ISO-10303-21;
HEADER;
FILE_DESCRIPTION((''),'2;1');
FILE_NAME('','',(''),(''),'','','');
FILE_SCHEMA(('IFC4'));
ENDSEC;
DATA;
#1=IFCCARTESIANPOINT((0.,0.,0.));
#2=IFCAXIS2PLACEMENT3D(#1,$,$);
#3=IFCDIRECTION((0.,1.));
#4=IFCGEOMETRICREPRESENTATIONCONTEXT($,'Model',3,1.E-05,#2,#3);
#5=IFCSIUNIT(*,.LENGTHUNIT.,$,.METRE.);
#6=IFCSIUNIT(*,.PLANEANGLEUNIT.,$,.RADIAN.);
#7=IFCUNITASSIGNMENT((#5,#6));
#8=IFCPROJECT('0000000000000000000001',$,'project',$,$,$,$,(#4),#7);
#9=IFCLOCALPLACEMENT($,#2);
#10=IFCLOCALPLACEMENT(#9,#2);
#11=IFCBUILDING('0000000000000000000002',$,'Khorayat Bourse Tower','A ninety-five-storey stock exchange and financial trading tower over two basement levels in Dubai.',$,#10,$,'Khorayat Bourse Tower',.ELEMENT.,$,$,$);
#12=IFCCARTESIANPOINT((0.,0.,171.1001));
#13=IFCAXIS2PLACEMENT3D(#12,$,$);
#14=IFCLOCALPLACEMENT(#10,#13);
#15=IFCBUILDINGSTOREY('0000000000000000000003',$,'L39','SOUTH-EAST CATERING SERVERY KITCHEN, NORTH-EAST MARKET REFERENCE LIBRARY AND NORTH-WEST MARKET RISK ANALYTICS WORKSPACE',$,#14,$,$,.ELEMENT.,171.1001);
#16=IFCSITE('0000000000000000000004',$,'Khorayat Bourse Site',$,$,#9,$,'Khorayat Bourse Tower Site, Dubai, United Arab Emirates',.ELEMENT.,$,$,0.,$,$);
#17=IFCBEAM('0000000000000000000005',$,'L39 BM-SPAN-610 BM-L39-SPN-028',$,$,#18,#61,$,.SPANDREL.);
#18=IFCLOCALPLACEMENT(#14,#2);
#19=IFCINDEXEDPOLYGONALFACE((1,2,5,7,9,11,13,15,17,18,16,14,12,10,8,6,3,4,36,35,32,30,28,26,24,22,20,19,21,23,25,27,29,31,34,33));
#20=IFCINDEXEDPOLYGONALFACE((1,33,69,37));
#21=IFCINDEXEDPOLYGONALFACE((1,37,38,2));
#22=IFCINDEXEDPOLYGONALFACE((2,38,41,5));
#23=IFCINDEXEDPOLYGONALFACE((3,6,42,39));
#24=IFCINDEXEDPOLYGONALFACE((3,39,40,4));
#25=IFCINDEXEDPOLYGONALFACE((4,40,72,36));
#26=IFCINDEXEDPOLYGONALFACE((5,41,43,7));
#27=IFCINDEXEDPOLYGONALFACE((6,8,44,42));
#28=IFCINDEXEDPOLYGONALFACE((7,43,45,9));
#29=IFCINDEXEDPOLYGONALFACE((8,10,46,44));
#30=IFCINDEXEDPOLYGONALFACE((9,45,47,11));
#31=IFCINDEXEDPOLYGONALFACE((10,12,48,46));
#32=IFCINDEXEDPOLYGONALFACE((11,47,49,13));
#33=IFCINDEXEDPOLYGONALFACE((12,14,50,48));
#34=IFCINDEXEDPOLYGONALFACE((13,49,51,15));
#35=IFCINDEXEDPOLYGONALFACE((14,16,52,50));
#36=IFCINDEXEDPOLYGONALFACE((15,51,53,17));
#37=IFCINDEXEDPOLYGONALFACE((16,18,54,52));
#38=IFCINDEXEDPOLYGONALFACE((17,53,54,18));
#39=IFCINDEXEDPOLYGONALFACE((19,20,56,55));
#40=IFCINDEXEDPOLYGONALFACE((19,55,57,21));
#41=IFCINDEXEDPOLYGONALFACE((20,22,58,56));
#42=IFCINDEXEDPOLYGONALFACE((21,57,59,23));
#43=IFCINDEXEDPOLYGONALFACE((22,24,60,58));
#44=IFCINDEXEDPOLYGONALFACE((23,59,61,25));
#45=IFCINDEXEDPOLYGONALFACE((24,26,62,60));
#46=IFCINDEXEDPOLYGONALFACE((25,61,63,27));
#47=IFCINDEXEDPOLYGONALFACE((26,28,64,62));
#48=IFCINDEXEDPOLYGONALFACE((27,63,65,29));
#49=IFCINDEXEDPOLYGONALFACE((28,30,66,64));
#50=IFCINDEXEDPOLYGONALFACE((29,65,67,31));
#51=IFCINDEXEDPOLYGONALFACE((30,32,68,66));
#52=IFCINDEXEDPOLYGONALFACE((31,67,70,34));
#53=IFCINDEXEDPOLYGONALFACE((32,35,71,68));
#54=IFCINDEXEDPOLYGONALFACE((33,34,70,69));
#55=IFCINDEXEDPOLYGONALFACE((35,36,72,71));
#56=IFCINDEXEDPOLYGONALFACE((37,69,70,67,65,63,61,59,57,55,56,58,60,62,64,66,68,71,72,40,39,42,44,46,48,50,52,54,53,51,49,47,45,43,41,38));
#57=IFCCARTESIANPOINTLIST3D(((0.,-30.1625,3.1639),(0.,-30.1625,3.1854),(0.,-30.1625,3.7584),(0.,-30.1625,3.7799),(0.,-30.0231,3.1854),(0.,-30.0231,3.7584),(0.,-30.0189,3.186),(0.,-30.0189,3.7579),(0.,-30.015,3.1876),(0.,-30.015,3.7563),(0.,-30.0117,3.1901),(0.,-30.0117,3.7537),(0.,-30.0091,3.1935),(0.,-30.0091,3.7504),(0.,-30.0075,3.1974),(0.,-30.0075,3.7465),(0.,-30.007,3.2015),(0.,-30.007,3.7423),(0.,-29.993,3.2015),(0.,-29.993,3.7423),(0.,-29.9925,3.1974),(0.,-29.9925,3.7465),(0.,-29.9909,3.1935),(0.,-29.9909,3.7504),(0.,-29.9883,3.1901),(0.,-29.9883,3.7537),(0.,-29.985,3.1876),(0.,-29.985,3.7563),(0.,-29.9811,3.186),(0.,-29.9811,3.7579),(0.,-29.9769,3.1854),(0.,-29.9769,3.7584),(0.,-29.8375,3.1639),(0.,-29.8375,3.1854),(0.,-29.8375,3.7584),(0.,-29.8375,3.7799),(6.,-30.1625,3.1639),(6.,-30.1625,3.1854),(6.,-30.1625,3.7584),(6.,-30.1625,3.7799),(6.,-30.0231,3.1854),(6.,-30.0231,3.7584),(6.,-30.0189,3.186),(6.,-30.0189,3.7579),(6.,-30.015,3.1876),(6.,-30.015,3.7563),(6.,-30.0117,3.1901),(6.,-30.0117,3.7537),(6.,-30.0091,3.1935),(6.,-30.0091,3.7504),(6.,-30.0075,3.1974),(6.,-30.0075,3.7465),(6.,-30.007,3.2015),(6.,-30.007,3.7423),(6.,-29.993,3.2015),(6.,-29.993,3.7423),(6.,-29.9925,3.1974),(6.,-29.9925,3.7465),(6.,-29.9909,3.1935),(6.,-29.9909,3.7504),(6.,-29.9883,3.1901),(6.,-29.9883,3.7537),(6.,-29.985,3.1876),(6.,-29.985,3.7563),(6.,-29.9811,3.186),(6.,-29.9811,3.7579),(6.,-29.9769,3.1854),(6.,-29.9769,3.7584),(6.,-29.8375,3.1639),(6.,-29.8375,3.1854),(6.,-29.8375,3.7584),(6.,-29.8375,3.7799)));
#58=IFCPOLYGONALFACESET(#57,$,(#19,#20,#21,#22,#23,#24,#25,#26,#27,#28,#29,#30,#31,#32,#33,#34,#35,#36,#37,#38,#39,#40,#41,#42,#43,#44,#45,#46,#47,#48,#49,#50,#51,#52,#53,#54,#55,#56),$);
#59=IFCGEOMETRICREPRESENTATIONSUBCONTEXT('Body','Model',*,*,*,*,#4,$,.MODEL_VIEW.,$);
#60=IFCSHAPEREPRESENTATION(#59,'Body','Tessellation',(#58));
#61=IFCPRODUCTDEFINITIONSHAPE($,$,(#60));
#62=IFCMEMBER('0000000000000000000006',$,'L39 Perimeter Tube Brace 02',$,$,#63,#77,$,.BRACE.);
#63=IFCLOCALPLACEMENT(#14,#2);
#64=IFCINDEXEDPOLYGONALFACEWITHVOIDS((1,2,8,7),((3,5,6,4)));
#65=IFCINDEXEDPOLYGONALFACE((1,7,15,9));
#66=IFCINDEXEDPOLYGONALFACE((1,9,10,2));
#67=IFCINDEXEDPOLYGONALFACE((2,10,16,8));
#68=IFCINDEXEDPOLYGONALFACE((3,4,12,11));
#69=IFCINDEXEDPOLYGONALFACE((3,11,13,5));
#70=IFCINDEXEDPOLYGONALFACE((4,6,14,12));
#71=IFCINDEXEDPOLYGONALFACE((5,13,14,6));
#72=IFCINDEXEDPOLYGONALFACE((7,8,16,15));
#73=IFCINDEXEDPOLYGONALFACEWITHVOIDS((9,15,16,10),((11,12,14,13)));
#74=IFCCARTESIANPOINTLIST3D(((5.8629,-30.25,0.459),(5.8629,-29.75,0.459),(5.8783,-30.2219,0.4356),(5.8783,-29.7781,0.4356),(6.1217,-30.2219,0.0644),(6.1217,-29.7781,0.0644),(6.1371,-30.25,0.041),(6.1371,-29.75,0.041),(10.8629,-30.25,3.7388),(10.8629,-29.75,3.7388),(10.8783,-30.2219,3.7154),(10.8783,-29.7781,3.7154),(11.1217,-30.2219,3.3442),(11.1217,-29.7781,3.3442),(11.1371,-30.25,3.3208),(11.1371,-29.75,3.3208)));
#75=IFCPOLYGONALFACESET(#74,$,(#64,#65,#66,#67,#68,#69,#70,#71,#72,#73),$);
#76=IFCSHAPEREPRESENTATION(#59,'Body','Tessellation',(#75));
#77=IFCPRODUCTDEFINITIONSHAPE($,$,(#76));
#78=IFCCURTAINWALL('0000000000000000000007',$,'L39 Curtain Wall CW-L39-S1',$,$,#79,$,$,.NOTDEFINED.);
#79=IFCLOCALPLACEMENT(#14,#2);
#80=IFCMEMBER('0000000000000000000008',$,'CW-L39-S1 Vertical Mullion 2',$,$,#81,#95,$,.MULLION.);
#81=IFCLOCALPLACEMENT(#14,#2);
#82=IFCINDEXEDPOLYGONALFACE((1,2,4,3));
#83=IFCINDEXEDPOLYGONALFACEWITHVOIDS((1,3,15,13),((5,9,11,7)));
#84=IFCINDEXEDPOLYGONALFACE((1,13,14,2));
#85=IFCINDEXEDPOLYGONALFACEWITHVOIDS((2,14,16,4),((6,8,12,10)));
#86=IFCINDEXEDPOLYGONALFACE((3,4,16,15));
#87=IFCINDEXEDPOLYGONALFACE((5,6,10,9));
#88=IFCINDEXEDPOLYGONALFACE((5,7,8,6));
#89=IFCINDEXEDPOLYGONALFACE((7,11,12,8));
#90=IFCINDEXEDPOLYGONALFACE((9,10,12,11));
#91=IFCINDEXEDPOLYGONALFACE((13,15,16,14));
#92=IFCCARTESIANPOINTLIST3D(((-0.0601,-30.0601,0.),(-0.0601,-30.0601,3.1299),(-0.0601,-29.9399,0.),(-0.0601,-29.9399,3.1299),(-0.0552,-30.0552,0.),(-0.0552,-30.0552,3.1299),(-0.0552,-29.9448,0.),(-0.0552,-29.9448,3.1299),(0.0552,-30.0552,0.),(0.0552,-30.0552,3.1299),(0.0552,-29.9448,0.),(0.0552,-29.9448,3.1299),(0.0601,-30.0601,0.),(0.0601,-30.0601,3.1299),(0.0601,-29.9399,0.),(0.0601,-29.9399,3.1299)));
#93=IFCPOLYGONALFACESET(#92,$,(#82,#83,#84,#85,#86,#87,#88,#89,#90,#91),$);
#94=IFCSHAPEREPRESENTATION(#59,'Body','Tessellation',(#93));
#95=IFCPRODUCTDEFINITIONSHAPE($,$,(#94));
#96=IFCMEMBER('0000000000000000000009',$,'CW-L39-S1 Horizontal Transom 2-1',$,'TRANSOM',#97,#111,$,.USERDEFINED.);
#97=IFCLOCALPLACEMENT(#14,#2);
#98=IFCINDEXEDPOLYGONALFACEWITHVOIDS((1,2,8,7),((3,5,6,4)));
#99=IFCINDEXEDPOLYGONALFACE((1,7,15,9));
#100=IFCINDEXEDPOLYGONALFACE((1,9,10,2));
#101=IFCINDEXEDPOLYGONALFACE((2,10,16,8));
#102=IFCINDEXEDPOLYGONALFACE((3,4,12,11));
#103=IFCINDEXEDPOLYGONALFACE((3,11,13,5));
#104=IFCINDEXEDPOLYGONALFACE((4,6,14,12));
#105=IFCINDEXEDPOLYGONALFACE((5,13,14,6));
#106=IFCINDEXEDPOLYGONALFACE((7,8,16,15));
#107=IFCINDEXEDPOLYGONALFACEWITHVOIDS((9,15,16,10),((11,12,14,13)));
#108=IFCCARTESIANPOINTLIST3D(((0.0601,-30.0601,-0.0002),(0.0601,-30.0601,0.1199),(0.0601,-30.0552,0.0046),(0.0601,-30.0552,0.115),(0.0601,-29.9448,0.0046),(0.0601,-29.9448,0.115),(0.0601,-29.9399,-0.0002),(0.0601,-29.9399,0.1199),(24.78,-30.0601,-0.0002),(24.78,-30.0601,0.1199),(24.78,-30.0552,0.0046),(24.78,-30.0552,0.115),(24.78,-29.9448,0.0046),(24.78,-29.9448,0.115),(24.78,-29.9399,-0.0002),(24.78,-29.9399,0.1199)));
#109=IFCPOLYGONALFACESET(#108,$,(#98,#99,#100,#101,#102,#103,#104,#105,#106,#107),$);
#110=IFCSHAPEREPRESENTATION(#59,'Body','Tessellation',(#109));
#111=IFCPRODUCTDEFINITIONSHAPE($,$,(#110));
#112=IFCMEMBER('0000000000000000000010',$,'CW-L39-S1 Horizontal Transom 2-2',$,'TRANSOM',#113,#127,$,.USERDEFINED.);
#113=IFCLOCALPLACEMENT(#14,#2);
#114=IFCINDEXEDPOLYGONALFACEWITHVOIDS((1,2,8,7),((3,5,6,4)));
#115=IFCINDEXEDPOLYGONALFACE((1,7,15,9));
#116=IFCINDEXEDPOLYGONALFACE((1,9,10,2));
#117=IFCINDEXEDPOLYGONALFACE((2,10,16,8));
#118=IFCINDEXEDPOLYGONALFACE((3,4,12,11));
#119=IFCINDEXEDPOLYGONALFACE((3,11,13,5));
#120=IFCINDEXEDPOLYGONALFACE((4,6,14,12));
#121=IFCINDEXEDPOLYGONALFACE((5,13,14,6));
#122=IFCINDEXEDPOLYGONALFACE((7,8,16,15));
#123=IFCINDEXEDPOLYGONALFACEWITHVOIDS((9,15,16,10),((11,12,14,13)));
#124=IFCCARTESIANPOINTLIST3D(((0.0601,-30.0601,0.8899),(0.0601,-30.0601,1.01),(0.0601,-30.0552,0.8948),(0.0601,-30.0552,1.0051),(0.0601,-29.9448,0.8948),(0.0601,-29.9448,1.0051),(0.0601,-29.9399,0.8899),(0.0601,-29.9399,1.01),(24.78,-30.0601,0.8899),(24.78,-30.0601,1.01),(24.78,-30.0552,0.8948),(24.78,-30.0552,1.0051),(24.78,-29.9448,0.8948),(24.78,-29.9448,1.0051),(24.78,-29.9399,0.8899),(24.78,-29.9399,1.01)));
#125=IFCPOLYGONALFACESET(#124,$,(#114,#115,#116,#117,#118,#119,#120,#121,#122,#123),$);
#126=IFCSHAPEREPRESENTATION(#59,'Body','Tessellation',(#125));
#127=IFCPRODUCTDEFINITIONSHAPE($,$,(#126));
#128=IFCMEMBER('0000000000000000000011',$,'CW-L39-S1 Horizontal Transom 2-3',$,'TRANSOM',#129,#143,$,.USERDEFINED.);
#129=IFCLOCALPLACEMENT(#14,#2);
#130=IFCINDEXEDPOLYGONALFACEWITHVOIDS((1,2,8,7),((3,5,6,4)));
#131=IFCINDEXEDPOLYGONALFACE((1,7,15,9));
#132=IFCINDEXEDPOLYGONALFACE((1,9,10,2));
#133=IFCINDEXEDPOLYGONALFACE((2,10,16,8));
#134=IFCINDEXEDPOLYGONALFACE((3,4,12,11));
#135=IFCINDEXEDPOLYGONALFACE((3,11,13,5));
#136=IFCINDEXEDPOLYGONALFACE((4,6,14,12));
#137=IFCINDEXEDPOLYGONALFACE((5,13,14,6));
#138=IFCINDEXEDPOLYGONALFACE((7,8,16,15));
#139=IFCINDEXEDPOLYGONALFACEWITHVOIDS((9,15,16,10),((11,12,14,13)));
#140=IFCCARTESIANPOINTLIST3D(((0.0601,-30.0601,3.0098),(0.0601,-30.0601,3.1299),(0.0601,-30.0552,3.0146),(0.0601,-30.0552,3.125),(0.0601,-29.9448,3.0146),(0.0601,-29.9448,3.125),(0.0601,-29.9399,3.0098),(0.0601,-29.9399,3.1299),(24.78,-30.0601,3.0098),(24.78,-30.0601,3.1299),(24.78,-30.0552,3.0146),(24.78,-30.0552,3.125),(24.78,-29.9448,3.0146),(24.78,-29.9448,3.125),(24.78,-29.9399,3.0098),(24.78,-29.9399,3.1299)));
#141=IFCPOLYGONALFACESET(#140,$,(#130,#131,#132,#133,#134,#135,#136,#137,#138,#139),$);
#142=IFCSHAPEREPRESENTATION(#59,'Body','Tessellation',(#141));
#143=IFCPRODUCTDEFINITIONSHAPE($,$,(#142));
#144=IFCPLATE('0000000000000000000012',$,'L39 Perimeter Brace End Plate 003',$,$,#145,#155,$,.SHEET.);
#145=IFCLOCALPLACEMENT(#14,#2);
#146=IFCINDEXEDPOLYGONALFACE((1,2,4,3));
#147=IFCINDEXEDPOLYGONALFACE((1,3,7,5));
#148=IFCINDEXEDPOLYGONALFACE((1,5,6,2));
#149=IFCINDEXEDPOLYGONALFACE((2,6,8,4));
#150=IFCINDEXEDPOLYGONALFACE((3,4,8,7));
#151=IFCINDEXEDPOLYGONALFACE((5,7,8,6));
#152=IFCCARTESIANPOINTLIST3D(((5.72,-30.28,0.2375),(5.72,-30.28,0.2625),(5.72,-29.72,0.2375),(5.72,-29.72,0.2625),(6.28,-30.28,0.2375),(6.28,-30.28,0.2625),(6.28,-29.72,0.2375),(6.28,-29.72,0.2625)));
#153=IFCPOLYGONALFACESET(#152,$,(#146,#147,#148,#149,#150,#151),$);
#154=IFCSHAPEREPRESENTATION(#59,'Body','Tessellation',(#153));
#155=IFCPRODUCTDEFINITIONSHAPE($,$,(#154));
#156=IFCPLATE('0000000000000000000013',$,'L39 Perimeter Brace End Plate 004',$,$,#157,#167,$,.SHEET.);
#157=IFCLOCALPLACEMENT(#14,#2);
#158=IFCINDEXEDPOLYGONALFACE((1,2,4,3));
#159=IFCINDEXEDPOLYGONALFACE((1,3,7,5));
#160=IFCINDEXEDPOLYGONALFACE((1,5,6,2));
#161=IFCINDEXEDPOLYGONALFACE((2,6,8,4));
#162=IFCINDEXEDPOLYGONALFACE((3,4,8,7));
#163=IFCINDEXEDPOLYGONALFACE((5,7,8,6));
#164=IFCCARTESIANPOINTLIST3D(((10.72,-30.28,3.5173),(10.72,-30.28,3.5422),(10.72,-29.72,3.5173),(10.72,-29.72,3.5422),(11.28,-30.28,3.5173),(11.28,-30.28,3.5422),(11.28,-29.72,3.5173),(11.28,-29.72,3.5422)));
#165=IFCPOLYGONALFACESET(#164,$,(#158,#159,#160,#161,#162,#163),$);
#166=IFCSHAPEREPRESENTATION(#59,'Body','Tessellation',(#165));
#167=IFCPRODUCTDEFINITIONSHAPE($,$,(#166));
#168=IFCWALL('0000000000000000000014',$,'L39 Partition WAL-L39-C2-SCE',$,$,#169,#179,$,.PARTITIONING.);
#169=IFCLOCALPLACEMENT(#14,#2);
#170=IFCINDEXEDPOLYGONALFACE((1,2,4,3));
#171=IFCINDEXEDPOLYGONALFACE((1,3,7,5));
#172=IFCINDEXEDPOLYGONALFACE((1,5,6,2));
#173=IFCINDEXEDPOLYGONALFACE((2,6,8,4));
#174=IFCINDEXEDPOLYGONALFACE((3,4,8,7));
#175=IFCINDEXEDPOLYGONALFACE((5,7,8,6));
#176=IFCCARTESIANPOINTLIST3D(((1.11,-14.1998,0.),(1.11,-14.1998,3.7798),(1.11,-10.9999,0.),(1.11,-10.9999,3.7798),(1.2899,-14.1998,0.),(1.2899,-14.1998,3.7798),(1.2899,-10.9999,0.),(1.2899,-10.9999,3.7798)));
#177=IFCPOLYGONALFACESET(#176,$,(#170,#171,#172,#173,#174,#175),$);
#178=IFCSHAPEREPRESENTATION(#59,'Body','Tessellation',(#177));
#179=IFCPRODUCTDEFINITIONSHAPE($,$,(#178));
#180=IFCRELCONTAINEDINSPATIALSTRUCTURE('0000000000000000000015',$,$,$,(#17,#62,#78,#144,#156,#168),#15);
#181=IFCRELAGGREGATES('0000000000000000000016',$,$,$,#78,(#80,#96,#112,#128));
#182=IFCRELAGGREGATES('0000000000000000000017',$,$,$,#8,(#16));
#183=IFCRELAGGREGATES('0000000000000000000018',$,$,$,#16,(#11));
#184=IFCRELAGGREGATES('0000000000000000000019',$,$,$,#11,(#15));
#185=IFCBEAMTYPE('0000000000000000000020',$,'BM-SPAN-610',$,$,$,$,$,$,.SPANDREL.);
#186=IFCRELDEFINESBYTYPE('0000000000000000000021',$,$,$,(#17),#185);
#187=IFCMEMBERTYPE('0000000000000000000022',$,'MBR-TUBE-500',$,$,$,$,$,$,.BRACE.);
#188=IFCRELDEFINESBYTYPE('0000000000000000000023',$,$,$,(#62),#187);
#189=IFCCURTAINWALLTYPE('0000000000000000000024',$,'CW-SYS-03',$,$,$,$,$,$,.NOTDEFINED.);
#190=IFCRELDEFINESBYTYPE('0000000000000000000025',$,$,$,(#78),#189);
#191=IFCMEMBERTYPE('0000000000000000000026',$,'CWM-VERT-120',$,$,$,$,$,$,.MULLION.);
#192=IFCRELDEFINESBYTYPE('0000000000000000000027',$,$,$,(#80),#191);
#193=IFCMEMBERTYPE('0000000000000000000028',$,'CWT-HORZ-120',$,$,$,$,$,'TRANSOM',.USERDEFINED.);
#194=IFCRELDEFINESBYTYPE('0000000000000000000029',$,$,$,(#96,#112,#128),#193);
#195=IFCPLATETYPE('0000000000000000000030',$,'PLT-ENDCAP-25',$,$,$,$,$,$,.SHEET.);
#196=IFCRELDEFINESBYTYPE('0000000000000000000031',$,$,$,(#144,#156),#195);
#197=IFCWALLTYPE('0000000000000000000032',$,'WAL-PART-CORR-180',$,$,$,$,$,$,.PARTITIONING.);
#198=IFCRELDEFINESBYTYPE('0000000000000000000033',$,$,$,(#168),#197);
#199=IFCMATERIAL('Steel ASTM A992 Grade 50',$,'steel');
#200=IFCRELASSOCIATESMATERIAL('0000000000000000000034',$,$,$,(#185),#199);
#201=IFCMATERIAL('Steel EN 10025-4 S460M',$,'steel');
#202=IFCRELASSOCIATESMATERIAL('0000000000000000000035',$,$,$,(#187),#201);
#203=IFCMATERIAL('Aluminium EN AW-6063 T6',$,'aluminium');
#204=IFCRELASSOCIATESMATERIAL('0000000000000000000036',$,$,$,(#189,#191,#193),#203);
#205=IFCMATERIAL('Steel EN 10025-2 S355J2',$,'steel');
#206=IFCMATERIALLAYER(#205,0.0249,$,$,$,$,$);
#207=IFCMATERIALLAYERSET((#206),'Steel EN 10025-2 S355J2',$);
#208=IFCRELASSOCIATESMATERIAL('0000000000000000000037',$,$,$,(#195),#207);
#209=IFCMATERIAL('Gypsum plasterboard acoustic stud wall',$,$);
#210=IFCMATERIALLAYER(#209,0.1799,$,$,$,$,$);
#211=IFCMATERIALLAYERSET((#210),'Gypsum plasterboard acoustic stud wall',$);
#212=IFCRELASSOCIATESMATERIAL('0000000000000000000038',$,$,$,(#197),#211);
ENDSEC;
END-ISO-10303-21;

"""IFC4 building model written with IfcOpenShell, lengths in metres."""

from ifc_helpers import new_model, si_unit, direction, frame, frame_2d, origin, origin_2d, place, context, subcontext, project, spatial, rectangle, hollow_rectangle, i_section, extrude, source, transform, mapped, material, layer, layer_set, material_profile, profile_set, type_object, element, aggregate, save


model = new_model("IFC4")

# Units and contexts
model_context = context("Model", 3, precision=1e-05, world=origin(), true_north=direction((0.0, 1.0)))
body_context = subcontext(model_context, "Body", "Model", "MODEL_VIEW")
ifc_project = project(units=[si_unit("LENGTHUNIT", "METRE"), si_unit("PLANEANGLEUNIT", "RADIAN")], contexts=[model_context])

# Site, building, storey
site_placement = place(None, origin())
site = spatial("IfcSite", under=ifc_project, at=site_placement, Name="Khorayat Bourse Site", LongName="Khorayat Bourse Tower Site, Dubai, United Arab Emirates", CompositionType="ELEMENT", RefElevation=0.0)
building_placement = place(site_placement, origin())
building = spatial("IfcBuilding", under=site, at=building_placement, Name="Khorayat Bourse Tower", Description="A ninety-five-storey stock exchange and financial trading tower over two basement levels in Dubai.", LongName="Khorayat Bourse Tower", CompositionType="ELEMENT")
storey_placement = place(building_placement, frame((0.0, 0.0, 171.1001)))
storey = spatial("IfcBuildingStorey", under=building, at=storey_placement, Name="L39", Description="SOUTH-EAST CATERING SERVERY KITCHEN, NORTH-EAST MARKET REFERENCE LIBRARY AND NORTH-WEST MARKET RISK ANALYTICS WORKSPACE", CompositionType="ELEMENT", Elevation=171.1001)

# Shared definitions
ifc_material_1 = material(Name="Steel EN 10025-4 S460M", Category="steel")

# Beam
ifc_material_2 = material(Name="Steel ASTM A992 Grade 50", Category="steel")
ifc_material_profile_1 = material_profile(ifc_material_2, i_section(OverallWidth=0.325, OverallDepth=0.616, WebThickness=0.0139, FlangeThickness=0.0215, FilletRadius=0.0161, at=origin_2d()), Name="W610X174")
ifc_profile_set_1 = profile_set([ifc_material_profile_1], Name="Steel ASTM A992 Grade 50")
beam_type_1 = type_object("IfcBeamType", Name="BM-SPAN-610", PredefinedType="SPANDREL", material=ifc_profile_set_1)
shared_shape_1 = source(origin(), body_context, "Body", "SweptSolid", [
    extrude(i_section(OverallWidth=0.325, OverallDepth=0.616, WebThickness=0.0139, FlangeThickness=0.0215, FilletRadius=0.0161, at=origin_2d()), origin(), (0.0, 0.0, 1.0), 6.0),
])
beam_1_placement = place(storey_placement, frame((0.0, -30.0, 3.4719), z_axis=(1.0, 0.0, 0.0), x_axis=(0.0, 1.0, 0.0)))
element("IfcBeam", 1, at=beam_1_placement, inside=storey, type_object=beam_type_1, Name="L39 BM-SPAN-610 BM-L39-SPN-028", PredefinedType="SPANDREL", context=body_context, shape_type="MappedRepresentation", body=[
    mapped(shared_shape_1, transform((0.0, 0.0, 0.0), scale=1.0)),
])

# Member
ifc_material_profile_2 = material_profile(ifc_material_1, hollow_rectangle(XDim=0.5, YDim=0.5, WallThickness=0.0281, at=origin_2d()), Name="HSS 500x500x28")
ifc_profile_set_2 = profile_set([ifc_material_profile_2], Name="Steel EN 10025-4 S460M")
member_type_1 = type_object("IfcMemberType", Name="MBR-TUBE-500", PredefinedType="BRACE", material=ifc_profile_set_2)
shared_shape_2 = source(origin(), body_context, "Body", "SweptSolid", [
    extrude(hollow_rectangle(XDim=0.5, YDim=0.5, WallThickness=0.0281, at=origin_2d()), origin(), (0.0, 0.0, 1.0), 5.9797),
])
member_1_placement = place(storey_placement, frame((6.0, -30.0, 0.25), z_axis=(0.83616, 0.0, 0.548485), x_axis=(0.0, 1.0, 0.0)))
element("IfcMember", 2, at=member_1_placement, inside=storey, type_object=member_type_1, Name="L39 Perimeter Tube Brace 02", PredefinedType="BRACE", context=body_context, shape_type="MappedRepresentation", body=[
    mapped(shared_shape_2, transform((0.0, 0.0, 0.0), scale=1.0)),
])

# Curtain wall, members
ifc_material_3 = material(Name="Aluminium EN AW-6063 T6", Category="aluminium")
curtain_wall_type = type_object("IfcCurtainWallType", Name="CW-SYS-03", PredefinedType="NOTDEFINED", material=ifc_material_3)
curtain_wall_placement = place(storey_placement, origin())
curtain_wall = element("IfcCurtainWall", 3, at=curtain_wall_placement, inside=storey, type_object=curtain_wall_type, Name="L39 Curtain Wall CW-L39-S1", PredefinedType="NOTDEFINED")
ifc_material_profile_3 = material_profile(ifc_material_3, hollow_rectangle(XDim=0.1201, YDim=0.1201, WallThickness=0.0049, at=origin_2d()), Name="ALU 120x120x5")
ifc_profile_set_3 = profile_set([ifc_material_profile_3], Name="Aluminium EN AW-6063 T6")
member_type_2 = type_object("IfcMemberType", Name="CWM-VERT-120", PredefinedType="MULLION", material=ifc_profile_set_3)
shared_shape_3 = source(origin(), body_context, "Body", "SweptSolid", [
    extrude(hollow_rectangle(XDim=0.1201, YDim=0.1201, WallThickness=0.0049, at=origin_2d()), origin(), (0.0, 0.0, 1.0), 3.1299),
])
member_2_placement = place(storey_placement, frame((0.0, -30.0, 0.0), z_axis=(0.0, 0.0, 1.0), x_axis=(0.0, 1.0, 0.0)))
member_2 = element("IfcMember", 4, at=member_2_placement, type_object=member_type_2, Name="CW-L39-S1 Vertical Mullion 2", PredefinedType="MULLION", context=body_context, shape_type="MappedRepresentation", body=[
    mapped(shared_shape_3, transform((0.0, 0.0, 0.0), scale=1.0)),
])
ifc_material_profile_4 = material_profile(ifc_material_3, hollow_rectangle(XDim=0.1201, YDim=0.1201, WallThickness=0.0049, at=origin_2d()), Name="ALU 120x120x5")
ifc_profile_set_4 = profile_set([ifc_material_profile_4], Name="Aluminium EN AW-6063 T6")
member_type_3 = type_object("IfcMemberType", Name="CWT-HORZ-120", ElementType="TRANSOM", PredefinedType="USERDEFINED", material=ifc_profile_set_4)
shared_shape_4 = source(origin(), body_context, "Body", "SweptSolid", [
    extrude(hollow_rectangle(XDim=0.1201, YDim=0.1201, WallThickness=0.0049, at=origin_2d()), origin(), (0.0, 0.0, 1.0), 24.72),
])
member_3_placement = place(storey_placement, frame((0.0601, -30.0, 0.0598), z_axis=(1.0, 0.0, 0.0), x_axis=(0.0, 1.0, 0.0)))
member_3 = element("IfcMember", 5, at=member_3_placement, type_object=member_type_3, Name="CW-L39-S1 Horizontal Transom 2-1", ObjectType="TRANSOM", PredefinedType="USERDEFINED", context=body_context, shape_type="MappedRepresentation", body=[
    mapped(shared_shape_4, transform((0.0, 0.0, 0.0), scale=1.0)),
])
member_4_placement = place(storey_placement, frame((0.0601, -30.0, 0.95), z_axis=(1.0, 0.0, 0.0), x_axis=(0.0, 1.0, 0.0)))
member_4 = element("IfcMember", 6, at=member_4_placement, type_object=member_type_3, Name="CW-L39-S1 Horizontal Transom 2-2", ObjectType="TRANSOM", PredefinedType="USERDEFINED", context=body_context, shape_type="MappedRepresentation", body=[
    mapped(shared_shape_4, transform((0.0, 0.0, 0.0), scale=1.0)),
])
member_5_placement = place(storey_placement, frame((0.0601, -30.0, 3.0698), z_axis=(1.0, 0.0, 0.0), x_axis=(0.0, 1.0, 0.0)))
member_5 = element("IfcMember", 7, at=member_5_placement, type_object=member_type_3, Name="CW-L39-S1 Horizontal Transom 2-3", ObjectType="TRANSOM", PredefinedType="USERDEFINED", context=body_context, shape_type="MappedRepresentation", body=[
    mapped(shared_shape_4, transform((0.0, 0.0, 0.0), scale=1.0)),
])
aggregate(curtain_wall, [member_2, member_3, member_4, member_5])

# Plates
ifc_material_4 = material(Name="Steel EN 10025-2 S355J2", Category="steel")
ifc_layer_1 = layer(ifc_material_4, 0.0249)
ifc_layer_set_1 = layer_set([ifc_layer_1], Name="Steel EN 10025-2 S355J2")
plate_type = type_object("IfcPlateType", Name="PLT-ENDCAP-25", PredefinedType="SHEET", material=ifc_layer_set_1)
shared_shape_5 = source(origin(), body_context, "Body", "SweptSolid", [
    extrude(rectangle(XDim=0.5601, YDim=0.5601, at=origin_2d()), origin(), (0.0, 0.0, 1.0), 0.0249),
])
for number, where, z_axis, x_axis, name in (
    (8, (6.0, -30.0, 0.2375), (0.0, 0.0, 1.0), (1.0, 0.0, 0.0), "L39 Perimeter Brace End Plate 003"),
    (9, (11.0, -30.0, 3.5173), (0.0, 0.0, 1.0), (1.0, 0.0, 0.0), "L39 Perimeter Brace End Plate 004"),
):
    element("IfcPlate", number, at=place(storey_placement, frame(where, z_axis=z_axis, x_axis=x_axis)), inside=storey, type_object=plate_type, Name=name, PredefinedType="SHEET", context=body_context, shape_type="MappedRepresentation", body=[
        mapped(shared_shape_5, transform((0.0, 0.0, 0.0), scale=1.0)),
    ])

# Wall
ifc_material_5 = material(Name="Gypsum plasterboard acoustic stud wall")
ifc_layer_2 = layer(ifc_material_5, 0.1799)
ifc_layer_set_2 = layer_set([ifc_layer_2], Name="Gypsum plasterboard acoustic stud wall")
wall_type = type_object("IfcWallType", Name="WAL-PART-CORR-180", PredefinedType="PARTITIONING", material=ifc_layer_set_2)
shared_shape_6 = source(origin(), body_context, "Body", "SweptSolid", [
    extrude(rectangle(XDim=3.2, YDim=0.1799, at=frame_2d((1.6001, 0.0))), origin(), (0.0, 0.0, 1.0), 3.7798),
])
wall_1_placement = place(storey_placement, frame((1.2, -14.2, 0.0), z_axis=(0.0, 0.0, 1.0), x_axis=(0.0, 1.0, 0.0)))
element("IfcWall", 10, at=wall_1_placement, inside=storey, type_object=wall_type, Name="L39 Partition WAL-L39-C2-SCE", PredefinedType="PARTITIONING", context=body_context, shape_type="MappedRepresentation", body=[
    mapped(shared_shape_6, transform((0.0, 0.0, 0.0), scale=1.0)),
])

save(model, "model.ifc")
